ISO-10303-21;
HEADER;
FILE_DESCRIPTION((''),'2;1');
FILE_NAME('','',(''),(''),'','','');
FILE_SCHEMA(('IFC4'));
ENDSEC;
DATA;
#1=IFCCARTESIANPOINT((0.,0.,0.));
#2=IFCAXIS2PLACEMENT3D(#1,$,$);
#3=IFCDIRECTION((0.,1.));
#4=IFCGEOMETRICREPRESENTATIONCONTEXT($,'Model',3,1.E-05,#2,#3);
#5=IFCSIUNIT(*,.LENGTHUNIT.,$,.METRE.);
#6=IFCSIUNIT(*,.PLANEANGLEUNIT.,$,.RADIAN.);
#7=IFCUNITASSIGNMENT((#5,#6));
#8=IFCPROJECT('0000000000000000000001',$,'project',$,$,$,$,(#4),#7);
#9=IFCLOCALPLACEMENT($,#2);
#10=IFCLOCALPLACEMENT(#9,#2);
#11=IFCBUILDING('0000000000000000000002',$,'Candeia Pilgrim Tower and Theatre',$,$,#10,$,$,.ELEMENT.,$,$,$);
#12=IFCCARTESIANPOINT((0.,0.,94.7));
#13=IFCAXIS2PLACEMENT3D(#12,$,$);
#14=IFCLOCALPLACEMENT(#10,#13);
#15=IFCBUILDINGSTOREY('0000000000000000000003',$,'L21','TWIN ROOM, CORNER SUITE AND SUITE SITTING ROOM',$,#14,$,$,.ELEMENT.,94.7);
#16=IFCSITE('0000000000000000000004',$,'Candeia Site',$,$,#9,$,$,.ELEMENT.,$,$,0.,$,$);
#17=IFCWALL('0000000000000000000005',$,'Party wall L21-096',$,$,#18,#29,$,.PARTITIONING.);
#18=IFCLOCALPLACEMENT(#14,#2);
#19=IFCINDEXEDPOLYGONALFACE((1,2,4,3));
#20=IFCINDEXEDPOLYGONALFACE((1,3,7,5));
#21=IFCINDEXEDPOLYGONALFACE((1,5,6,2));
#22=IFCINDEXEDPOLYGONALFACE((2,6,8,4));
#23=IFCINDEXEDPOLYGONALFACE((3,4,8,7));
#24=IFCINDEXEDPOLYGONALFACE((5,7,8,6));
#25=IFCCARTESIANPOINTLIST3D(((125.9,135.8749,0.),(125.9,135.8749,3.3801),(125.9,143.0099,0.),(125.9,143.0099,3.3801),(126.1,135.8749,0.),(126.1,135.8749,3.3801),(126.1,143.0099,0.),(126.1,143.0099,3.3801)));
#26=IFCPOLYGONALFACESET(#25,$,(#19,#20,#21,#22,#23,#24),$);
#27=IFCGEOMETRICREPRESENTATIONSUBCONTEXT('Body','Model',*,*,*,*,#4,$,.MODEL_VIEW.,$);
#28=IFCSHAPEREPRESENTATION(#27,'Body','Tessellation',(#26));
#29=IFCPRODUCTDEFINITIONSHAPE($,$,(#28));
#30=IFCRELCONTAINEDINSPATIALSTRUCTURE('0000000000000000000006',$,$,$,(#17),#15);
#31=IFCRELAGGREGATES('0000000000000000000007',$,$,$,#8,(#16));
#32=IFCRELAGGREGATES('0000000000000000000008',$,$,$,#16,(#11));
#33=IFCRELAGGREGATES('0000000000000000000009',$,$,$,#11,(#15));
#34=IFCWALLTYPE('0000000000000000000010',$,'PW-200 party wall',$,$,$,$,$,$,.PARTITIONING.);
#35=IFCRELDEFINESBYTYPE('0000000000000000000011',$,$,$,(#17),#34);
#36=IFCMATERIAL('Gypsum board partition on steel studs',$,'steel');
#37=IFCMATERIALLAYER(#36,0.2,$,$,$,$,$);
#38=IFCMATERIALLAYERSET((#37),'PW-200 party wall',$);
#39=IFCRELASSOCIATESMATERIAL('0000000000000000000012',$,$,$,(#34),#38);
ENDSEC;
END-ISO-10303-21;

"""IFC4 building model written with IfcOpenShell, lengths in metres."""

from ifc_helpers import new_model, si_unit, direction, frame, frame_2d, origin, place, context, subcontext, project, spatial, rectangle, extrude, material, layer, layer_set, type_object, element, save


model = new_model("IFC4")

# Units and contexts
model_context = context("Model", 3, precision=1e-05, world=origin(), true_north=direction((0.0, 1.0)))
body_context = subcontext(model_context, "Body", "Model", "MODEL_VIEW")
ifc_project = project(units=[si_unit("LENGTHUNIT", "METRE"), si_unit("PLANEANGLEUNIT", "RADIAN")], contexts=[model_context])

# Site, building, storey
site_placement = place(None, origin())
site = spatial("IfcSite", under=ifc_project, at=site_placement, Name="Candeia Site", CompositionType="ELEMENT", RefElevation=0.0)
building_placement = place(site_placement, origin())
building = spatial("IfcBuilding", under=site, at=building_placement, Name="Candeia Pilgrim Tower and Theatre", CompositionType="ELEMENT")
storey_placement = place(building_placement, frame((0.0, 0.0, 94.7)))
storey = spatial("IfcBuildingStorey", under=building, at=storey_placement, Name="L21", Description="TWIN ROOM, CORNER SUITE AND SUITE SITTING ROOM", CompositionType="ELEMENT", Elevation=94.7)

# Shared definitions
ifc_material_1 = material(Name="Gypsum board partition on steel studs", Category="steel")

# Wall
ifc_layer_1 = layer(ifc_material_1, 0.2)
ifc_layer_set_1 = layer_set([ifc_layer_1], Name="PW-200 party wall")
wall_type_1 = type_object("IfcWallType", Name="PW-200 party wall", PredefinedType="PARTITIONING", material=ifc_layer_set_1)
wall_1_placement = place(storey_placement, frame((126.0, 135.875, 0.0), z_axis=(0.0, 0.0, 1.0), x_axis=(0.0, 1.0, 0.0)))
element("IfcWall", 1, at=wall_1_placement, inside=storey, type_object=wall_type_1, Name="Party wall L21-096", PredefinedType="PARTITIONING", context=body_context, shape_type="SweptSolid", body=[
    extrude(rectangle(XDim=7.135, YDim=0.2, at=frame_2d((3.5674, 0.0))), origin(), (0.0, 0.0, 1.0), 3.3801),
])

save(model, "model.ifc")
